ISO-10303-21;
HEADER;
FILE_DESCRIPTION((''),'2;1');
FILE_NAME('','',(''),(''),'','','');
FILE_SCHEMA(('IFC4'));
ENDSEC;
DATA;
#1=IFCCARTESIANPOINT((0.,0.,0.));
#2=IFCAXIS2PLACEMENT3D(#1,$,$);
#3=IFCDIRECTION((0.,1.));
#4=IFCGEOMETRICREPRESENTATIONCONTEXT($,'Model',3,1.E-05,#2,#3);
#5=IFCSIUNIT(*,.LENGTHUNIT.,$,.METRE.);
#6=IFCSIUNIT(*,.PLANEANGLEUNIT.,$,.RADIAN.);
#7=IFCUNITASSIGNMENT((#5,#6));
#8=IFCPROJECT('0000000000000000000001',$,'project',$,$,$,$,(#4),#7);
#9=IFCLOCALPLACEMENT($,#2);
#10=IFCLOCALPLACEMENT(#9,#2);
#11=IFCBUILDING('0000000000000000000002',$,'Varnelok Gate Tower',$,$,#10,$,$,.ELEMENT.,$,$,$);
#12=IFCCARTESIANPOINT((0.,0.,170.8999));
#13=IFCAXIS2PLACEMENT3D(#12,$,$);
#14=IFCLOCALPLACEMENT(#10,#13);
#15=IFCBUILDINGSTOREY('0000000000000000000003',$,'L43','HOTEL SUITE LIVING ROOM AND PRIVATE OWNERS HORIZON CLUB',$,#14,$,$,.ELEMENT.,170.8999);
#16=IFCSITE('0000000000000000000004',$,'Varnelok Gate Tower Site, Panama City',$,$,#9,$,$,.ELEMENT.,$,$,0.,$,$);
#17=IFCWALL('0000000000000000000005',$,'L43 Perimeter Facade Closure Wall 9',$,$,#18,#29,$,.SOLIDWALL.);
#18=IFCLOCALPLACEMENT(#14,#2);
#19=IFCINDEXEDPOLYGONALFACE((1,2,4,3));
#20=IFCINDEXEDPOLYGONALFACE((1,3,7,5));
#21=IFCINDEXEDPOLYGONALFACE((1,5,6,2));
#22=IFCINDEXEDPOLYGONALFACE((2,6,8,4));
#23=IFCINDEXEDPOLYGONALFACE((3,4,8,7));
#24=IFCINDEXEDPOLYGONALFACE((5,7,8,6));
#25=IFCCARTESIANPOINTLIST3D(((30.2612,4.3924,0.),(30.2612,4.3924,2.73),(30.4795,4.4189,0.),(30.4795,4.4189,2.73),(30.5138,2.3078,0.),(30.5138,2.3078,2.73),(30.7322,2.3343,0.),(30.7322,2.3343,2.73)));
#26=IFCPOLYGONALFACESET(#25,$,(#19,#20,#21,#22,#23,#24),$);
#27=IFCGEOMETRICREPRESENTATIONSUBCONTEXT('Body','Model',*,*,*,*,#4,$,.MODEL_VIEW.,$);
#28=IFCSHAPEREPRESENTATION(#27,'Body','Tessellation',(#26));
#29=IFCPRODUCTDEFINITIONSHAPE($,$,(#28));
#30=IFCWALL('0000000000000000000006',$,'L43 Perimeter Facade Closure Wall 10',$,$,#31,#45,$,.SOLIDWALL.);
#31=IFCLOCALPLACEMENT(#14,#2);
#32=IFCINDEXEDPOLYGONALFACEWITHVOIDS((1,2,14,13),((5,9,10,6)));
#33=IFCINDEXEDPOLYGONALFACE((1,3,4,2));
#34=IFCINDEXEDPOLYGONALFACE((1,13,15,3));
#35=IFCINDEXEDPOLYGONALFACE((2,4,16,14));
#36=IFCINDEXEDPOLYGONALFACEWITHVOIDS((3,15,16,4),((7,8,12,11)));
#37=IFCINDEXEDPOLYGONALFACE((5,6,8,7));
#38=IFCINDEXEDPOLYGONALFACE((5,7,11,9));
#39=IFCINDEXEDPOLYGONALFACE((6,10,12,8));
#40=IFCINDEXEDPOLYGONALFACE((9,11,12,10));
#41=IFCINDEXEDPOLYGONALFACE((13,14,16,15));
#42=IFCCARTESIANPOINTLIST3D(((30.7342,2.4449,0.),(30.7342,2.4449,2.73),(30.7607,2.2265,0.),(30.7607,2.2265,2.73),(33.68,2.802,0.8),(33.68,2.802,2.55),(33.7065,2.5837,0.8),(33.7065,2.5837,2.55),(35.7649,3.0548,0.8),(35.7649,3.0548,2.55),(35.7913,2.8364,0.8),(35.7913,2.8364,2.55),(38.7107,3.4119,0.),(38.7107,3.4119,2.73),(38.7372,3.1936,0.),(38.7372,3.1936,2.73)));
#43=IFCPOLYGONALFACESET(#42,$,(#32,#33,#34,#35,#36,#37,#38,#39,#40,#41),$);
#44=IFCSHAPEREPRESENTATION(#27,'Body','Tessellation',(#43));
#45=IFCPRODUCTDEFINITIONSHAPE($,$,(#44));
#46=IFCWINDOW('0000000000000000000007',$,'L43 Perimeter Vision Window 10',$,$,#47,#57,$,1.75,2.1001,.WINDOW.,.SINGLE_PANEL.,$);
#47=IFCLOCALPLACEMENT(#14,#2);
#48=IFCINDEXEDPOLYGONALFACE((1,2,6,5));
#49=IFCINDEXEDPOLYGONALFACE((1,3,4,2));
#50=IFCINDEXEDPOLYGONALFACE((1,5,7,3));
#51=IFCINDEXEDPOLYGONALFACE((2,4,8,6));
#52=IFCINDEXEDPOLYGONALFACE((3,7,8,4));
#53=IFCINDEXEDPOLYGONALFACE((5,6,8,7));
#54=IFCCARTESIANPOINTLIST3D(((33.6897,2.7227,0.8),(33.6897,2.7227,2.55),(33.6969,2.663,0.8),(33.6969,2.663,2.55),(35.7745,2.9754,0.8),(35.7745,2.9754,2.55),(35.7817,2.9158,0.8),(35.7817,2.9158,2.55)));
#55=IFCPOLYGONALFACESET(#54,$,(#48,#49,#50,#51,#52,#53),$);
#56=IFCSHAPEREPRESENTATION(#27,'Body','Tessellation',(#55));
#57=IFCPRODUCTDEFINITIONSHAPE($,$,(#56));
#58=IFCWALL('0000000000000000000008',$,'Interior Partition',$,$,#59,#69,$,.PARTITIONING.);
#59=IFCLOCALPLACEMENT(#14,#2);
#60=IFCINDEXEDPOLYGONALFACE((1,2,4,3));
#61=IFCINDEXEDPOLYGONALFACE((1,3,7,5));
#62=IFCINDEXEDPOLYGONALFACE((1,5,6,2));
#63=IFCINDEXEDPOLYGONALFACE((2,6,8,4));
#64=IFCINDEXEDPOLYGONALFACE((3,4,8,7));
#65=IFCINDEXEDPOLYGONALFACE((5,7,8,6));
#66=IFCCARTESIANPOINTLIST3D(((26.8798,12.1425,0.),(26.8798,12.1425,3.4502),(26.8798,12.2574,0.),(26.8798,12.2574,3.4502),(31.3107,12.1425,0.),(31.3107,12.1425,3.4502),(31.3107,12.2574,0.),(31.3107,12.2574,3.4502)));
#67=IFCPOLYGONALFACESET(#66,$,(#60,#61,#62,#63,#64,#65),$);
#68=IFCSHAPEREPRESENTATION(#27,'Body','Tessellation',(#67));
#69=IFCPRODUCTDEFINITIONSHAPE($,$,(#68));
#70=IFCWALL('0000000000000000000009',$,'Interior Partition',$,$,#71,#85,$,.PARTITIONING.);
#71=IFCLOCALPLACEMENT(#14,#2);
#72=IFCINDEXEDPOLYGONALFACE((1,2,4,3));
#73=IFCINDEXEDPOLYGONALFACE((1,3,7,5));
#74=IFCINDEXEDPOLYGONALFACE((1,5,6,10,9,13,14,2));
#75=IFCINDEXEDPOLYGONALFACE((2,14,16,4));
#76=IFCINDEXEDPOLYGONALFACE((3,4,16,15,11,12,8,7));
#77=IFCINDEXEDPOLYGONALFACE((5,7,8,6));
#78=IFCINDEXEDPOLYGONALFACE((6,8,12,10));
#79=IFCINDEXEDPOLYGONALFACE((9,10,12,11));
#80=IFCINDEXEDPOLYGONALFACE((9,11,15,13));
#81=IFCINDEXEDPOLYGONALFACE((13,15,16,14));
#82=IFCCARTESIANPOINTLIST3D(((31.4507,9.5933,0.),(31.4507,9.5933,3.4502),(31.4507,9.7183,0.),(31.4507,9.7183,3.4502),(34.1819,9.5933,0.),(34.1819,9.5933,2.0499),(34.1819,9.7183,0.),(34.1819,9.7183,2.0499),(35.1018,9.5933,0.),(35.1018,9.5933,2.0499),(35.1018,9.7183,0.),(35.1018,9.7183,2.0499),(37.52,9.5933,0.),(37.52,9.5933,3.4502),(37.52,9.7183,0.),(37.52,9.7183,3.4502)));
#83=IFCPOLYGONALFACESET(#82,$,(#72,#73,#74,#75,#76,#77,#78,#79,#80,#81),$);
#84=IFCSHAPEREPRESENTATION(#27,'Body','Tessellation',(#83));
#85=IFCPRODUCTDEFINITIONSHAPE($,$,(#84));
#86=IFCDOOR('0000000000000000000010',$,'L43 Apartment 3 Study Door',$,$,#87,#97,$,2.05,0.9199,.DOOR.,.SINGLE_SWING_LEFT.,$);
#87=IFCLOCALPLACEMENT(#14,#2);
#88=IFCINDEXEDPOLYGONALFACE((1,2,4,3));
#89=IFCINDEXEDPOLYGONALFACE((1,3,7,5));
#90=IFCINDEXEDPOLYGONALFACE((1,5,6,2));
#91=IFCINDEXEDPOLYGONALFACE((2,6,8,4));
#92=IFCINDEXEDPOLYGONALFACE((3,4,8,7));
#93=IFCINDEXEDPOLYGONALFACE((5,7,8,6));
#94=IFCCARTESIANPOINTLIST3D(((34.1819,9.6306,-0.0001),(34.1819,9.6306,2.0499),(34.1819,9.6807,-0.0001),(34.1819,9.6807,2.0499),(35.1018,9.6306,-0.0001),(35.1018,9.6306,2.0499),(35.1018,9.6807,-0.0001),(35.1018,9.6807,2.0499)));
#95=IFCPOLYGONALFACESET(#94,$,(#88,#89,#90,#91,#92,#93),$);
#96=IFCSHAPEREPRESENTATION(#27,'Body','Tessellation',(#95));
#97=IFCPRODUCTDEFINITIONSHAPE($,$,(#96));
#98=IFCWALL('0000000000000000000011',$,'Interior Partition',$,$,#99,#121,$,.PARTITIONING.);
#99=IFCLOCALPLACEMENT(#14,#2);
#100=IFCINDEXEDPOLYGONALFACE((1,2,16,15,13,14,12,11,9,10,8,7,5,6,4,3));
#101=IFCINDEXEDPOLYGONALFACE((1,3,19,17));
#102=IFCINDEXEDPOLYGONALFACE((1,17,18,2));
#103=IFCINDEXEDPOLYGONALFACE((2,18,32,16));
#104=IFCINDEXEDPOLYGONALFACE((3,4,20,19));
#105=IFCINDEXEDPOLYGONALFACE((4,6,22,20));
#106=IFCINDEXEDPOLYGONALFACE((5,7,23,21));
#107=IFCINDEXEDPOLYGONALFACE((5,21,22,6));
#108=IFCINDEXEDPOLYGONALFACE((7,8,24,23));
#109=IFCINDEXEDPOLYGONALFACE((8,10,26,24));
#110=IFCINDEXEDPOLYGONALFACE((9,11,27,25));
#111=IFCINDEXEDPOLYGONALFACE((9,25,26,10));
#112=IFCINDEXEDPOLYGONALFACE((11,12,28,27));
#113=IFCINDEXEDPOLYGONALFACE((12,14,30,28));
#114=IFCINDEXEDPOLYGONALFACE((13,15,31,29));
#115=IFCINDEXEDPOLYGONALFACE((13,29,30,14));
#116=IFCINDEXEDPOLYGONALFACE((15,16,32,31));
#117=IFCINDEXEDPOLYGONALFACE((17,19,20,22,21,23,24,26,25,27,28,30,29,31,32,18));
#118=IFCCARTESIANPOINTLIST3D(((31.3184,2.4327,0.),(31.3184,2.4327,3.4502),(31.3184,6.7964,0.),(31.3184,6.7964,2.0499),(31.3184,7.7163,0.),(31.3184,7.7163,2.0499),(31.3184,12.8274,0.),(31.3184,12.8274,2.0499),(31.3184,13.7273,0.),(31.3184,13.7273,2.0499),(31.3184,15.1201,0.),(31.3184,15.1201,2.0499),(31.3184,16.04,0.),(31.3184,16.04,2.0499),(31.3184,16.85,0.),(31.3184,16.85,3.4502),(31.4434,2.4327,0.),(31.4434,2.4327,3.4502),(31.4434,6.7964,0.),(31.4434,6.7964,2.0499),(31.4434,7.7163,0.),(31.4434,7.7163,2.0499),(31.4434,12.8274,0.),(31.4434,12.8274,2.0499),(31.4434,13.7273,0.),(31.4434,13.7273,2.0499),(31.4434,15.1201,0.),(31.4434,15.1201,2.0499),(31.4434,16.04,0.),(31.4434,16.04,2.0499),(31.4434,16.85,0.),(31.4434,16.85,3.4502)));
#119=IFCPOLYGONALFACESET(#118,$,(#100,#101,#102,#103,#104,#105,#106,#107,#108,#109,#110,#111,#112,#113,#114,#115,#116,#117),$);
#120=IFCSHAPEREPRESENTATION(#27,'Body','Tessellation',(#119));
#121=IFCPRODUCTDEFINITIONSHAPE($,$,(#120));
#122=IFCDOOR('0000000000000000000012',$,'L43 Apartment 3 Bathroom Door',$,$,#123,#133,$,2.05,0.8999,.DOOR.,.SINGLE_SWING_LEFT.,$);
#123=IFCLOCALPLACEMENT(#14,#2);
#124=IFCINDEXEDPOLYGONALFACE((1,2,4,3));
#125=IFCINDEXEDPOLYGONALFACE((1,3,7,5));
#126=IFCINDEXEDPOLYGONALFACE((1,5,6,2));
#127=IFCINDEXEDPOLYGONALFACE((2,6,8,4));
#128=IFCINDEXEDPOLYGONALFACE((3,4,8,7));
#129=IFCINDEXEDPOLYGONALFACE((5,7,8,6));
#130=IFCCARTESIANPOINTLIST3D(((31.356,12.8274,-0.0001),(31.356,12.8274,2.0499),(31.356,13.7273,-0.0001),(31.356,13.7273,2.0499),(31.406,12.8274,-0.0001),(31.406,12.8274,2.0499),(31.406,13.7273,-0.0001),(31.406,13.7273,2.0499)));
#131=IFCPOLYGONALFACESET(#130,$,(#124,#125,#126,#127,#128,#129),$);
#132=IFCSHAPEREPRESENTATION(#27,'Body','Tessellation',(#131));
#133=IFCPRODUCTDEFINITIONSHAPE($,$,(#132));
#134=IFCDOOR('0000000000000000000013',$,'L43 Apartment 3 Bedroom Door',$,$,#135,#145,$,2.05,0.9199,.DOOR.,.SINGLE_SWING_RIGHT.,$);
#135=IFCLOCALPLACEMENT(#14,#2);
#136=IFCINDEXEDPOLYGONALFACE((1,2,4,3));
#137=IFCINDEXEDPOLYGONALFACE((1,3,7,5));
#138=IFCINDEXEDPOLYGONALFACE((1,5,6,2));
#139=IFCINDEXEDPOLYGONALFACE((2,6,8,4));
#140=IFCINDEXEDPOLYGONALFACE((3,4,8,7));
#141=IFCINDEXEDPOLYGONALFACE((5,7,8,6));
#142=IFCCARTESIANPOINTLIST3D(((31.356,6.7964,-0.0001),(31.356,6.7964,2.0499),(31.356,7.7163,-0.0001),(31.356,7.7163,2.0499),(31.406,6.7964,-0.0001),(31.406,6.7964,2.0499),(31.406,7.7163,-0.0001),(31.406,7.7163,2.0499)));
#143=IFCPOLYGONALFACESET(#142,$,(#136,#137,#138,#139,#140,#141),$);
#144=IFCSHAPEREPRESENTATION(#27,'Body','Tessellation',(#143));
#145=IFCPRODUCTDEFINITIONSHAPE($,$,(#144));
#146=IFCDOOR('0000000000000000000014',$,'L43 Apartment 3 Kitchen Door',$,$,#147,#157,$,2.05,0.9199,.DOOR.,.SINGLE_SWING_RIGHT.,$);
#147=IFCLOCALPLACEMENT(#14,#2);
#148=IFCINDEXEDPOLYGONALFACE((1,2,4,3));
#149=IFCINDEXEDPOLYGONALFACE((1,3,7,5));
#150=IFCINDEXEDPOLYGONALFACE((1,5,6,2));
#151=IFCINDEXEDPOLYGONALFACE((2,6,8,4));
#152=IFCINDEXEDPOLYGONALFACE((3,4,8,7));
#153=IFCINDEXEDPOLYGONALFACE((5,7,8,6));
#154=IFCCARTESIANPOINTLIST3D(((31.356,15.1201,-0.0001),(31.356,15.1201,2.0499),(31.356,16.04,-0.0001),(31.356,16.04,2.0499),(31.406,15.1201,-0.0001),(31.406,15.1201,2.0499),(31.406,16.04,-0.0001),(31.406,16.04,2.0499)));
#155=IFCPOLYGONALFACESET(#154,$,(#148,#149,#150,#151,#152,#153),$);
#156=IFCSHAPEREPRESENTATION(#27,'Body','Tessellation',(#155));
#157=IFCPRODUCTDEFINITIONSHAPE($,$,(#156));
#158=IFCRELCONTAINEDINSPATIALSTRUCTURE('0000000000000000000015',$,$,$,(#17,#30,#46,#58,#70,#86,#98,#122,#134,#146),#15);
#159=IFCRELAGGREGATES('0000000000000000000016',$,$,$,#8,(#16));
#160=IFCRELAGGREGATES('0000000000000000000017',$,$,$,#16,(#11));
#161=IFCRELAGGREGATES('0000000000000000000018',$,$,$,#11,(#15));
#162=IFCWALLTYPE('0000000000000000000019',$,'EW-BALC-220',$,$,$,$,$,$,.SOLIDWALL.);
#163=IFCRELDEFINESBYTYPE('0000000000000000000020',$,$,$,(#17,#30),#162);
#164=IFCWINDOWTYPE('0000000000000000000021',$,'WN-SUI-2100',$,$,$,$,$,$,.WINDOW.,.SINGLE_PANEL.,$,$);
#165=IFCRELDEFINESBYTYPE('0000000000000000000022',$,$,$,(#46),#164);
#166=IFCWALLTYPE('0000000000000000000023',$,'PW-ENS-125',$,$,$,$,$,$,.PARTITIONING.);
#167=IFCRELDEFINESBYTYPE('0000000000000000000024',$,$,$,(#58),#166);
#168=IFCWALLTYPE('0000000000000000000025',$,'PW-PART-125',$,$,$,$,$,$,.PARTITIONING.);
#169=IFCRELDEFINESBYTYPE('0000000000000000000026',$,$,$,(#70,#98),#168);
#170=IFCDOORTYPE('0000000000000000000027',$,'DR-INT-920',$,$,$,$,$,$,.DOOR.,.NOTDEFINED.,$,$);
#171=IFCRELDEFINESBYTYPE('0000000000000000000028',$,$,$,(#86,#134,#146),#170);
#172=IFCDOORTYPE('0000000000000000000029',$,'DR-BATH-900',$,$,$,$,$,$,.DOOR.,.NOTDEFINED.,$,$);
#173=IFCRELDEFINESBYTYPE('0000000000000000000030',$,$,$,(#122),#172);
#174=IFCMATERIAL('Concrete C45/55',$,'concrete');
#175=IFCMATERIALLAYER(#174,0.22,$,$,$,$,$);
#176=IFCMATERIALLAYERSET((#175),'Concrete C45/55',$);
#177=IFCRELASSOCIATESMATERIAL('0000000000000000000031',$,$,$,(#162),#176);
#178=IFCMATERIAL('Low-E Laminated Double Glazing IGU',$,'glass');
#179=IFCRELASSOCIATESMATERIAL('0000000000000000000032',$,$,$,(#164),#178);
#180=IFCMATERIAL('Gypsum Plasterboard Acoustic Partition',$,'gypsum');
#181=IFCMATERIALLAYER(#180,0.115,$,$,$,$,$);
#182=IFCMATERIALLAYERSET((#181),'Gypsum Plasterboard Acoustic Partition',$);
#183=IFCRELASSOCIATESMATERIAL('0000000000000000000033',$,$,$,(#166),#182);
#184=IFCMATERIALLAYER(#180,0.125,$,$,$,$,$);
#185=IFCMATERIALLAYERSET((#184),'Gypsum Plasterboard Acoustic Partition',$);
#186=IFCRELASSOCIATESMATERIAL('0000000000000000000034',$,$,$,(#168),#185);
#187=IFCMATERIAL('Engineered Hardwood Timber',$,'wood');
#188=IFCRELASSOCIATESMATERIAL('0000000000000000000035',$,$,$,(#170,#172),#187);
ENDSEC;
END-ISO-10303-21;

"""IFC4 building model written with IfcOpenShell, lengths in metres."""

from ifc_helpers import new_model, si_unit, direction, frame, frame_2d, origin, place, context, subcontext, project, spatial, rectangle, extrude, material, layer, layer_set, type_object, element, fill, save


model = new_model("IFC4")

# Units and contexts
model_context = context("Model", 3, precision=1e-05, world=origin(), true_north=direction((0.0, 1.0)))
body_context = subcontext(model_context, "Body", "Model", "MODEL_VIEW")
ifc_project = project(units=[si_unit("LENGTHUNIT", "METRE"), si_unit("PLANEANGLEUNIT", "RADIAN")], contexts=[model_context])

# Site, building, storey
site_placement = place(None, origin())
site = spatial("IfcSite", under=ifc_project, at=site_placement, Name="Varnelok Gate Tower Site, Panama City", CompositionType="ELEMENT", RefElevation=0.0)
building_placement = place(site_placement, origin())
building = spatial("IfcBuilding", under=site, at=building_placement, Name="Varnelok Gate Tower", CompositionType="ELEMENT")
storey_placement = place(building_placement, frame((0.0, 0.0, 170.8999)))
storey = spatial("IfcBuildingStorey", under=building, at=storey_placement, Name="L43", Description="HOTEL SUITE LIVING ROOM AND PRIVATE OWNERS HORIZON CLUB", CompositionType="ELEMENT", Elevation=170.8999)

# Shared definitions
ifc_material_1 = material(Name="Concrete C45/55", Category="concrete")
ifc_layer_1 = layer(ifc_material_1, 0.22)
ifc_layer_set_1 = layer_set([ifc_layer_1], Name="Concrete C45/55")
wall_type_1 = type_object("IfcWallType", Name="EW-BALC-220", PredefinedType="SOLIDWALL", material=ifc_layer_set_1)

# Wall
wall_1_placement = place(storey_placement, frame((30.3704, 4.4055, 0.0), z_axis=(0.0, 0.0, 1.0), x_axis=(0.120328, -0.992734, 0.0)))
element("IfcWall", 1, at=wall_1_placement, inside=storey, type_object=wall_type_1, Name="L43 Perimeter Facade Closure Wall 9", PredefinedType="SOLIDWALL", context=body_context, shape_type="SweptSolid", body=[
    extrude(rectangle(XDim=2.0999, YDim=0.22, at=frame_2d((1.0498, 0.0))), origin(), (0.0, 0.0, 1.0), 2.73),
])

# Wall, opening, window
wall_2_placement = place(storey_placement, frame((30.7473, 2.3357, 0.0), z_axis=(0.0, 0.0, 1.0), x_axis=(0.992731, 0.120354, 0.0)))
wall_2 = element("IfcWall", 2, at=wall_2_placement, inside=storey, type_object=wall_type_1, Name="L43 Perimeter Facade Closure Wall 10", PredefinedType="SOLIDWALL", context=body_context, shape_type="SweptSolid", body=[
    extrude(rectangle(XDim=8.0349, YDim=0.22, at=frame_2d((4.0176, 0.0))), origin(), (0.0, 0.0, 1.0), 2.73),
])
opening_1_placement = place(wall_2_placement, frame((2.9675, 0.0, 0.8)))
opening_1 = element("IfcOpeningElement", 3, at=opening_1_placement, cuts=wall_2, PredefinedType="OPENING", context=body_context, shape_type="SweptSolid", body=[
    extrude(rectangle(XDim=2.1001, YDim=1.75, at=frame_2d((1.05, 0.875))), frame((0.0, 0.1199, 0.0), z_axis=(0.0, -1.0, 0.0), x_axis=(1.0, 0.0, 0.0)), (0.0, 0.0, 1.0), 0.24),
])
ifc_material_2 = material(Name="Low-E Laminated Double Glazing IGU", Category="glass")
window_type = type_object("IfcWindowType", Name="WN-SUI-2100", PartitioningType="SINGLE_PANEL", PredefinedType="WINDOW", material=ifc_material_2)
window_placement = place(opening_1_placement, origin())
window = element("IfcWindow", 4, at=window_placement, inside=storey, type_object=window_type, Name="L43 Perimeter Vision Window 10", OverallHeight=1.75, OverallWidth=2.1001, PartitioningType="SINGLE_PANEL", PredefinedType="WINDOW", context=body_context, shape_type="SweptSolid", body=[
    extrude(rectangle(XDim=2.1001, YDim=1.75, at=frame_2d((1.05, 0.875))), frame((0.0, 0.03, 0.0), z_axis=(0.0, -1.0, 0.0), x_axis=(1.0, 0.0, 0.0)), (0.0, 0.0, 1.0), 0.0601),
])
fill(opening_1, window)

# Wall
ifc_material_3 = material(Name="Gypsum Plasterboard Acoustic Partition", Category="gypsum")
ifc_layer_2 = layer(ifc_material_3, 0.115)
ifc_layer_set_2 = layer_set([ifc_layer_2], Name="Gypsum Plasterboard Acoustic Partition")
wall_type_2 = type_object("IfcWallType", Name="PW-ENS-125", PredefinedType="PARTITIONING", material=ifc_layer_set_2)
wall_3_placement = place(storey_placement, frame((26.8799, 12.2, 0.0), z_axis=(0.0, 0.0, 1.0), x_axis=(1.0, 0.0, 0.0)))
element("IfcWall", 5, at=wall_3_placement, inside=storey, type_object=wall_type_2, Name="Interior Partition", PredefinedType="PARTITIONING", context=body_context, shape_type="SweptSolid", body=[
    extrude(rectangle(XDim=4.4309, YDim=0.115, at=frame_2d((2.2153, 0.0))), origin(), (0.0, 0.0, 1.0), 3.4502),
])

# Wall, opening, door
ifc_layer_3 = layer(ifc_material_3, 0.125)
ifc_layer_set_3 = layer_set([ifc_layer_3], Name="Gypsum Plasterboard Acoustic Partition")
wall_type_3 = type_object("IfcWallType", Name="PW-PART-125", PredefinedType="PARTITIONING", material=ifc_layer_set_3)
wall_4_placement = place(storey_placement, frame((31.4507, 9.6558, 0.0), z_axis=(0.0, 0.0, 1.0), x_axis=(1.0, 0.0, 0.0)))
wall_4 = element("IfcWall", 6, at=wall_4_placement, inside=storey, type_object=wall_type_3, Name="Interior Partition", PredefinedType="PARTITIONING", context=body_context, shape_type="SweptSolid", body=[
    extrude(rectangle(XDim=6.0693, YDim=0.125, at=frame_2d((3.0347, 0.0))), origin(), (0.0, 0.0, 1.0), 3.4502),
])
opening_2_placement = place(wall_4_placement, frame((2.7312, 0.0, 0.0)))
opening_2 = element("IfcOpeningElement", 7, at=opening_2_placement, cuts=wall_4, PredefinedType="OPENING", context=body_context, shape_type="SweptSolid", body=[
    extrude(rectangle(XDim=0.9199, YDim=2.05, at=frame_2d((0.46, 1.0249))), frame((0.0, 0.0725, 0.0), z_axis=(0.0, -1.0, 0.0), x_axis=(1.0, 0.0, 0.0)), (0.0, 0.0, 1.0), 0.145),
])
ifc_material_4 = material(Name="Engineered Hardwood Timber", Category="wood")
door_type_1 = type_object("IfcDoorType", Name="DR-INT-920", OperationType="NOTDEFINED", PredefinedType="DOOR", material=ifc_material_4)
door_1_placement = place(opening_2_placement, origin())
door_1 = element("IfcDoor", 8, at=door_1_placement, inside=storey, type_object=door_type_1, Name="L43 Apartment 3 Study Door", OperationType="SINGLE_SWING_LEFT", OverallHeight=2.05, OverallWidth=0.9199, PredefinedType="DOOR", context=body_context, shape_type="SweptSolid", body=[
    extrude(rectangle(XDim=0.9199, YDim=2.05, at=frame_2d((0.46, 1.0249))), frame((0.0, 0.0249, 0.0), z_axis=(0.0, -1.0, 0.0), x_axis=(1.0, 0.0, 0.0)), (0.0, 0.0, 1.0), 0.05),
])
fill(opening_2, door_1)

# Wall, openings, doors
wall_5_placement = place(storey_placement, frame((31.3809, 2.4329, 0.0), z_axis=(0.0, 0.0, 1.0), x_axis=(0.0, 1.0, 0.0)))
wall_5 = element("IfcWall", 9, at=wall_5_placement, inside=storey, type_object=wall_type_3, Name="Interior Partition", PredefinedType="PARTITIONING", context=body_context, shape_type="SweptSolid", body=[
    extrude(rectangle(XDim=14.4172, YDim=0.125, at=frame_2d((7.2085, 0.0))), origin(), (0.0, 0.0, 1.0), 3.4502),
])
opening_3_placement = place(wall_5_placement, frame((4.3635, 0.0, 0.0)))
opening_3 = element("IfcOpeningElement", 10, at=opening_3_placement, cuts=wall_5, PredefinedType="OPENING", context=body_context, shape_type="SweptSolid", body=[
    extrude(rectangle(XDim=0.9199, YDim=2.05, at=frame_2d((0.46, 1.0249))), frame((0.0, 0.0725, 0.0), z_axis=(0.0, -1.0, 0.0), x_axis=(1.0, 0.0, 0.0)), (0.0, 0.0, 1.0), 0.145),
])
opening_4_placement = place(wall_5_placement, frame((10.3945, 0.0, 0.0)))
opening_4 = element("IfcOpeningElement", 11, at=opening_4_placement, cuts=wall_5, PredefinedType="OPENING", context=body_context, shape_type="SweptSolid", body=[
    extrude(rectangle(XDim=0.8999, YDim=2.05, at=frame_2d((0.45, 1.0249))), frame((0.0, 0.0725, 0.0), z_axis=(0.0, -1.0, 0.0), x_axis=(1.0, 0.0, 0.0)), (0.0, 0.0, 1.0), 0.145),
])
opening_5_placement = place(wall_5_placement, frame((12.6873, 0.0, 0.0)))
opening_5 = element("IfcOpeningElement", 12, at=opening_5_placement, cuts=wall_5, PredefinedType="OPENING", context=body_context, shape_type="SweptSolid", body=[
    extrude(rectangle(XDim=0.9199, YDim=2.05, at=frame_2d((0.46, 1.0249))), frame((0.0, 0.0725, 0.0), z_axis=(0.0, -1.0, 0.0), x_axis=(1.0, 0.0, 0.0)), (0.0, 0.0, 1.0), 0.145),
])
door_type_2 = type_object("IfcDoorType", Name="DR-BATH-900", OperationType="NOTDEFINED", PredefinedType="DOOR", material=ifc_material_4)
door_2_placement = place(opening_4_placement, origin())
door_2 = element("IfcDoor", 13, at=door_2_placement, inside=storey, type_object=door_type_2, Name="L43 Apartment 3 Bathroom Door", OperationType="SINGLE_SWING_LEFT", OverallHeight=2.05, OverallWidth=0.8999, PredefinedType="DOOR", context=body_context, shape_type="SweptSolid", body=[
    extrude(rectangle(XDim=0.8999, YDim=2.05, at=frame_2d((0.45, 1.0249))), frame((0.0, 0.0249, 0.0), z_axis=(0.0, -1.0, 0.0), x_axis=(1.0, 0.0, 0.0)), (0.0, 0.0, 1.0), 0.05),
])
fill(opening_4, door_2)
door_3_placement = place(opening_3_placement, origin())
door_3 = element("IfcDoor", 14, at=door_3_placement, inside=storey, type_object=door_type_1, Name="L43 Apartment 3 Bedroom Door", OperationType="SINGLE_SWING_RIGHT", OverallHeight=2.05, OverallWidth=0.9199, PredefinedType="DOOR", context=body_context, shape_type="SweptSolid", body=[
    extrude(rectangle(XDim=0.9199, YDim=2.05, at=frame_2d((0.46, 1.0249))), frame((0.0, 0.0249, 0.0), z_axis=(0.0, -1.0, 0.0), x_axis=(1.0, 0.0, 0.0)), (0.0, 0.0, 1.0), 0.05),
])
fill(opening_3, door_3)
door_4_placement = place(opening_5_placement, origin())
door_4 = element("IfcDoor", 15, at=door_4_placement, inside=storey, type_object=door_type_1, Name="L43 Apartment 3 Kitchen Door", OperationType="SINGLE_SWING_RIGHT", OverallHeight=2.05, OverallWidth=0.9199, PredefinedType="DOOR", context=body_context, shape_type="SweptSolid", body=[
    extrude(rectangle(XDim=0.9199, YDim=2.05, at=frame_2d((0.46, 1.0249))), frame((0.0, 0.0249, 0.0), z_axis=(0.0, -1.0, 0.0), x_axis=(1.0, 0.0, 0.0)), (0.0, 0.0, 1.0), 0.05),
])
fill(opening_5, door_4)

save(model, "model.ifc")
